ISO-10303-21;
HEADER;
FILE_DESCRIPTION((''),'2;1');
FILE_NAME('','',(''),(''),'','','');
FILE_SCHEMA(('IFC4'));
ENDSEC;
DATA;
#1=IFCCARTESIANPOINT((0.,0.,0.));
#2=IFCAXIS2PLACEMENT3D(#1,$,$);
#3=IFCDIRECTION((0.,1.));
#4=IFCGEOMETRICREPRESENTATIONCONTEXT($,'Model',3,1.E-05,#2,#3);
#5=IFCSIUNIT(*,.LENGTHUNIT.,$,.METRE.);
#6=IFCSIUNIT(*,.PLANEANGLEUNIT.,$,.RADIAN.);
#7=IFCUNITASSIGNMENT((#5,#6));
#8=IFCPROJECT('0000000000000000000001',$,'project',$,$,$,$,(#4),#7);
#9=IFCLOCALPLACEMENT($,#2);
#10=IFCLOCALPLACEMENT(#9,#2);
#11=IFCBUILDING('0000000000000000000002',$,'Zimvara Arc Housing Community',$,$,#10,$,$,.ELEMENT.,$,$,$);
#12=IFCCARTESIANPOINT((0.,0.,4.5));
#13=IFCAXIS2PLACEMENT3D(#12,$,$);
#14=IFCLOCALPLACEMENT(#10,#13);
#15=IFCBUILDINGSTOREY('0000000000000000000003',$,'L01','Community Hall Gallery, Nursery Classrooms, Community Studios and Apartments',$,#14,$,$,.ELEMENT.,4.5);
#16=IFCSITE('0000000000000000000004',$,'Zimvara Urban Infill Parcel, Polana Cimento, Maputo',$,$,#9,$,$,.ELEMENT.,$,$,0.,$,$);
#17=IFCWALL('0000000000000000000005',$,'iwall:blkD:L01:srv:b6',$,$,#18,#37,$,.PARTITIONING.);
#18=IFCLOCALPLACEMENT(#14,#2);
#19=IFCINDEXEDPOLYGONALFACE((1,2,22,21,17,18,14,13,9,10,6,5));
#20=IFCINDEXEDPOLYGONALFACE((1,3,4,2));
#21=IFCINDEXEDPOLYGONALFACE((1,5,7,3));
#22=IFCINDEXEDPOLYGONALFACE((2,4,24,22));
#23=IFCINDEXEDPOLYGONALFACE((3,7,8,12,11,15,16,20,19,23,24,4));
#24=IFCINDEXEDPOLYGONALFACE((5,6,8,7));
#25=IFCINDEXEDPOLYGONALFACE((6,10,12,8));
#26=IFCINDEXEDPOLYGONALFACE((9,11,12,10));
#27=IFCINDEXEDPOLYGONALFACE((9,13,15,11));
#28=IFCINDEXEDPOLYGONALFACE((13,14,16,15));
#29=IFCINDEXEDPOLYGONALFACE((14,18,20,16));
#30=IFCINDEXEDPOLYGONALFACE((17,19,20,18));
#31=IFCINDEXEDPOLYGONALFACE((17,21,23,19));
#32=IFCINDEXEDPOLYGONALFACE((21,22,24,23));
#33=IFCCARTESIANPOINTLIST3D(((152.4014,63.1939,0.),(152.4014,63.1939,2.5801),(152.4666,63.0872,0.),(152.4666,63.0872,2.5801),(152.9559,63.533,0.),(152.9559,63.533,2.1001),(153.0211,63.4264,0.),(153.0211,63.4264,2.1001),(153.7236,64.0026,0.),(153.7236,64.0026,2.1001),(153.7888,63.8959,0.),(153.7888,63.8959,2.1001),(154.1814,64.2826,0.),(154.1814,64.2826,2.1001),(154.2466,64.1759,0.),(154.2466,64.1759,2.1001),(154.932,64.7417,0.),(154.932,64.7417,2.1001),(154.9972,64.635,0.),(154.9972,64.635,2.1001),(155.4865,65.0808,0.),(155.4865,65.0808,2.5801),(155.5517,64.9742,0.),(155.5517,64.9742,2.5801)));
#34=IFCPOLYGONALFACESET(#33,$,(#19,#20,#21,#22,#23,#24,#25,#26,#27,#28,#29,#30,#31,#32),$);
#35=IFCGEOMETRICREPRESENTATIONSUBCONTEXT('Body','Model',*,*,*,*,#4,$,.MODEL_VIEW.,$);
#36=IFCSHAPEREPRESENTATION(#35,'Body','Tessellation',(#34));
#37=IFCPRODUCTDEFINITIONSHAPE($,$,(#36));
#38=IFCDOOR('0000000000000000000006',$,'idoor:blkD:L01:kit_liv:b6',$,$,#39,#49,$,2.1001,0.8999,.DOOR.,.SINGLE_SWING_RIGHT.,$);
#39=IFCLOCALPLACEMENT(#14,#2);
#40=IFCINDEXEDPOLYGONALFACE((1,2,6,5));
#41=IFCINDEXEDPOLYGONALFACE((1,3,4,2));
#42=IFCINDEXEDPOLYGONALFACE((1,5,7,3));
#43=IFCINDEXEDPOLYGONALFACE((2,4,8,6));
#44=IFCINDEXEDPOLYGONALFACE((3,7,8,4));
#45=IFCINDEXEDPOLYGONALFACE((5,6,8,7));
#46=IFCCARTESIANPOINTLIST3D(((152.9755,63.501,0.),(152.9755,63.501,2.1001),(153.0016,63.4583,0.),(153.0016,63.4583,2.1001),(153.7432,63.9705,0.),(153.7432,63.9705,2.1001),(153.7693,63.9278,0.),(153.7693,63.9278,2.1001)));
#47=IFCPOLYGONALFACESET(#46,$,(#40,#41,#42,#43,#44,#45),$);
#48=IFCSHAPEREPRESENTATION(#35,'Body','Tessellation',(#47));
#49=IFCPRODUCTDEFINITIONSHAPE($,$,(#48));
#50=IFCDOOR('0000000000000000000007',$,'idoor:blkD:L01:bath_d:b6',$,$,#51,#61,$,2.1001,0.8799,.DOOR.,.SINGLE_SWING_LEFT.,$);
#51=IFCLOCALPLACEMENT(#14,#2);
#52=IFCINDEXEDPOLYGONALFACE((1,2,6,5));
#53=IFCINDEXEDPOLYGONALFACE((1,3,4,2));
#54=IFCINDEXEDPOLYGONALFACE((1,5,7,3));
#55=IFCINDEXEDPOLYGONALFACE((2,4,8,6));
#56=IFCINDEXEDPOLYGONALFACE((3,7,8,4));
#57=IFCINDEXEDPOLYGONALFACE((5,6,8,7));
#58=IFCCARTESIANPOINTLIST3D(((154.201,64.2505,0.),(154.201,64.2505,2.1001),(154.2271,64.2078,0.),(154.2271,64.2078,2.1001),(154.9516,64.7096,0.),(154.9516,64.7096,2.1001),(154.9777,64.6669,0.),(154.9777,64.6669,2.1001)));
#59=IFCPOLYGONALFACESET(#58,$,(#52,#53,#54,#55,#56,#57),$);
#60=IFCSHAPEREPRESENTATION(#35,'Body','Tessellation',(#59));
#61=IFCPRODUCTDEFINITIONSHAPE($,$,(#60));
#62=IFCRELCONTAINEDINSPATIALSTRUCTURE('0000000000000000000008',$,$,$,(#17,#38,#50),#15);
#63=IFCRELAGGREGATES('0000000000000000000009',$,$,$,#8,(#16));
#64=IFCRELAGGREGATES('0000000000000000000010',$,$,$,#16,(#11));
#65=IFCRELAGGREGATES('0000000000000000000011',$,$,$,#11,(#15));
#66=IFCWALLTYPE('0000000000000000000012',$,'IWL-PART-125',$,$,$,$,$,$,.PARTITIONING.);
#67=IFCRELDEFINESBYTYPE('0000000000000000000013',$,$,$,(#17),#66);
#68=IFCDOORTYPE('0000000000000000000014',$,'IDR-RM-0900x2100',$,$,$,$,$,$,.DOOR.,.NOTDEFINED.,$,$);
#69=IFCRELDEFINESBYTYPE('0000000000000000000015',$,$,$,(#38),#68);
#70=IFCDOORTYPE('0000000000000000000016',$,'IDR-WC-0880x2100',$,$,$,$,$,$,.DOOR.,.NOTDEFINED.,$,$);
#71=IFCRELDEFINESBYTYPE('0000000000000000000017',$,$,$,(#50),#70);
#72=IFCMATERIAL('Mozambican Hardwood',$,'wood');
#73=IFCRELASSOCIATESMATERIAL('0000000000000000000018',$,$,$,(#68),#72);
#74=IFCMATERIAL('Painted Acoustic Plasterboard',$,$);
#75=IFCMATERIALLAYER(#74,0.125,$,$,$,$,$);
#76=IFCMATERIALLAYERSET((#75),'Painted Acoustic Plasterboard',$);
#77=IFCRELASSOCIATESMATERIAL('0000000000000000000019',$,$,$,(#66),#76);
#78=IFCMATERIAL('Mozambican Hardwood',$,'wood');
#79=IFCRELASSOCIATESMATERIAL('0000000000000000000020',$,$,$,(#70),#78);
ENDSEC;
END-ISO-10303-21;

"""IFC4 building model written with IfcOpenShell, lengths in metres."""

from ifc_helpers import new_model, si_unit, direction, frame, frame_2d, origin, place, context, subcontext, project, spatial, rectangle, extrude, material, layer, layer_set, type_object, element, fill, save


model = new_model("IFC4")

# Units and contexts
model_context = context("Model", 3, precision=1e-05, world=origin(), true_north=direction((0.0, 1.0)))
body_context = subcontext(model_context, "Body", "Model", "MODEL_VIEW")
ifc_project = project(units=[si_unit("LENGTHUNIT", "METRE"), si_unit("PLANEANGLEUNIT", "RADIAN")], contexts=[model_context])

# Site, building, storey
site_placement = place(None, origin())
site = spatial("IfcSite", under=ifc_project, at=site_placement, Name="Zimvara Urban Infill Parcel, Polana Cimento, Maputo", CompositionType="ELEMENT", RefElevation=0.0)
building_placement = place(site_placement, origin())
building = spatial("IfcBuilding", under=site, at=building_placement, Name="Zimvara Arc Housing Community", CompositionType="ELEMENT")
storey_placement = place(building_placement, frame((0.0, 0.0, 4.5)))
storey = spatial("IfcBuildingStorey", under=building, at=storey_placement, Name="L01", Description="Community Hall Gallery, Nursery Classrooms, Community Studios and Apartments", CompositionType="ELEMENT", Elevation=4.5)

# Shared definitions
ifc_material_1 = material(Name="Mozambican Hardwood", Category="wood")
door_type_1 = type_object("IfcDoorType", Name="IDR-RM-0900x2100", OperationType="NOTDEFINED", PredefinedType="DOOR", material=ifc_material_1)

# Wall, openings, doors
ifc_material_2 = material(Name="Painted Acoustic Plasterboard")
ifc_layer_1 = layer(ifc_material_2, 0.125)
ifc_layer_set_1 = layer_set([ifc_layer_1], Name="Painted Acoustic Plasterboard")
wall_type_1 = type_object("IfcWallType", Name="IWL-PART-125", PredefinedType="PARTITIONING", material=ifc_layer_set_1)
wall_1_placement = place(storey_placement, frame((152.4341, 63.1406, 0.0), z_axis=(0.0, 0.0, 1.0), x_axis=(0.85309, 0.521764, 0.0)))
wall_1 = element("IfcWall", 1, at=wall_1_placement, inside=storey, type_object=wall_type_1, Name="iwall:blkD:L01:srv:b6", PredefinedType="PARTITIONING", context=body_context, shape_type="SweptSolid", body=[
    extrude(rectangle(XDim=3.6165, YDim=0.125, at=frame_2d((1.8081, 0.0))), origin(), (0.0, 0.0, 1.0), 2.5801),
])
opening_1_placement = place(wall_1_placement, frame((0.6499, 0.0, 0.0)))
opening_1 = element("IfcOpeningElement", 2, at=opening_1_placement, cuts=wall_1, PredefinedType="OPENING", context=body_context, shape_type="SweptSolid", body=[
    extrude(rectangle(XDim=0.8999, YDim=2.1001, at=frame_2d((0.45, 1.05))), frame((0.0, 0.0725, 0.0), z_axis=(0.0, -1.0, 0.0), x_axis=(1.0, 0.0, 0.0)), (0.0, 0.0, 1.0), 0.145),
])
opening_2_placement = place(wall_1_placement, frame((2.0864, 0.0, 0.0)))
opening_2 = element("IfcOpeningElement", 3, at=opening_2_placement, cuts=wall_1, PredefinedType="OPENING", context=body_context, shape_type="SweptSolid", body=[
    extrude(rectangle(XDim=0.8799, YDim=2.1001, at=frame_2d((0.4399, 1.05))), frame((0.0, 0.0725, 0.0), z_axis=(0.0, -1.0, 0.0), x_axis=(1.0, 0.0, 0.0)), (0.0, 0.0, 1.0), 0.145),
])
door_1_placement = place(opening_1_placement, origin())
door_1 = element("IfcDoor", 4, at=door_1_placement, inside=storey, type_object=door_type_1, Name="idoor:blkD:L01:kit_liv:b6", OperationType="SINGLE_SWING_RIGHT", OverallHeight=2.1001, OverallWidth=0.8999, PredefinedType="DOOR", context=body_context, shape_type="SweptSolid", body=[
    extrude(rectangle(XDim=0.8999, YDim=2.1001, at=frame_2d((0.45, 1.05))), frame((0.0, 0.0249, 0.0), z_axis=(0.0, -1.0, 0.0), x_axis=(1.0, 0.0, 0.0)), (0.0, 0.0, 1.0), 0.05),
])
fill(opening_1, door_1)
ifc_material_3 = material(Name="Mozambican Hardwood", Category="wood")
door_type_2 = type_object("IfcDoorType", Name="IDR-WC-0880x2100", OperationType="NOTDEFINED", PredefinedType="DOOR", material=ifc_material_3)
door_2_placement = place(opening_2_placement, origin())
door_2 = element("IfcDoor", 5, at=door_2_placement, inside=storey, type_object=door_type_2, Name="idoor:blkD:L01:bath_d:b6", OperationType="SINGLE_SWING_LEFT", OverallHeight=2.1001, OverallWidth=0.8799, PredefinedType="DOOR", context=body_context, shape_type="SweptSolid", body=[
    extrude(rectangle(XDim=0.8799, YDim=2.1001, at=frame_2d((0.4399, 1.05))), frame((0.0, 0.0249, 0.0), z_axis=(0.0, -1.0, 0.0), x_axis=(1.0, 0.0, 0.0)), (0.0, 0.0, 1.0), 0.05),
])
fill(opening_2, door_2)

save(model, "model.ifc")
